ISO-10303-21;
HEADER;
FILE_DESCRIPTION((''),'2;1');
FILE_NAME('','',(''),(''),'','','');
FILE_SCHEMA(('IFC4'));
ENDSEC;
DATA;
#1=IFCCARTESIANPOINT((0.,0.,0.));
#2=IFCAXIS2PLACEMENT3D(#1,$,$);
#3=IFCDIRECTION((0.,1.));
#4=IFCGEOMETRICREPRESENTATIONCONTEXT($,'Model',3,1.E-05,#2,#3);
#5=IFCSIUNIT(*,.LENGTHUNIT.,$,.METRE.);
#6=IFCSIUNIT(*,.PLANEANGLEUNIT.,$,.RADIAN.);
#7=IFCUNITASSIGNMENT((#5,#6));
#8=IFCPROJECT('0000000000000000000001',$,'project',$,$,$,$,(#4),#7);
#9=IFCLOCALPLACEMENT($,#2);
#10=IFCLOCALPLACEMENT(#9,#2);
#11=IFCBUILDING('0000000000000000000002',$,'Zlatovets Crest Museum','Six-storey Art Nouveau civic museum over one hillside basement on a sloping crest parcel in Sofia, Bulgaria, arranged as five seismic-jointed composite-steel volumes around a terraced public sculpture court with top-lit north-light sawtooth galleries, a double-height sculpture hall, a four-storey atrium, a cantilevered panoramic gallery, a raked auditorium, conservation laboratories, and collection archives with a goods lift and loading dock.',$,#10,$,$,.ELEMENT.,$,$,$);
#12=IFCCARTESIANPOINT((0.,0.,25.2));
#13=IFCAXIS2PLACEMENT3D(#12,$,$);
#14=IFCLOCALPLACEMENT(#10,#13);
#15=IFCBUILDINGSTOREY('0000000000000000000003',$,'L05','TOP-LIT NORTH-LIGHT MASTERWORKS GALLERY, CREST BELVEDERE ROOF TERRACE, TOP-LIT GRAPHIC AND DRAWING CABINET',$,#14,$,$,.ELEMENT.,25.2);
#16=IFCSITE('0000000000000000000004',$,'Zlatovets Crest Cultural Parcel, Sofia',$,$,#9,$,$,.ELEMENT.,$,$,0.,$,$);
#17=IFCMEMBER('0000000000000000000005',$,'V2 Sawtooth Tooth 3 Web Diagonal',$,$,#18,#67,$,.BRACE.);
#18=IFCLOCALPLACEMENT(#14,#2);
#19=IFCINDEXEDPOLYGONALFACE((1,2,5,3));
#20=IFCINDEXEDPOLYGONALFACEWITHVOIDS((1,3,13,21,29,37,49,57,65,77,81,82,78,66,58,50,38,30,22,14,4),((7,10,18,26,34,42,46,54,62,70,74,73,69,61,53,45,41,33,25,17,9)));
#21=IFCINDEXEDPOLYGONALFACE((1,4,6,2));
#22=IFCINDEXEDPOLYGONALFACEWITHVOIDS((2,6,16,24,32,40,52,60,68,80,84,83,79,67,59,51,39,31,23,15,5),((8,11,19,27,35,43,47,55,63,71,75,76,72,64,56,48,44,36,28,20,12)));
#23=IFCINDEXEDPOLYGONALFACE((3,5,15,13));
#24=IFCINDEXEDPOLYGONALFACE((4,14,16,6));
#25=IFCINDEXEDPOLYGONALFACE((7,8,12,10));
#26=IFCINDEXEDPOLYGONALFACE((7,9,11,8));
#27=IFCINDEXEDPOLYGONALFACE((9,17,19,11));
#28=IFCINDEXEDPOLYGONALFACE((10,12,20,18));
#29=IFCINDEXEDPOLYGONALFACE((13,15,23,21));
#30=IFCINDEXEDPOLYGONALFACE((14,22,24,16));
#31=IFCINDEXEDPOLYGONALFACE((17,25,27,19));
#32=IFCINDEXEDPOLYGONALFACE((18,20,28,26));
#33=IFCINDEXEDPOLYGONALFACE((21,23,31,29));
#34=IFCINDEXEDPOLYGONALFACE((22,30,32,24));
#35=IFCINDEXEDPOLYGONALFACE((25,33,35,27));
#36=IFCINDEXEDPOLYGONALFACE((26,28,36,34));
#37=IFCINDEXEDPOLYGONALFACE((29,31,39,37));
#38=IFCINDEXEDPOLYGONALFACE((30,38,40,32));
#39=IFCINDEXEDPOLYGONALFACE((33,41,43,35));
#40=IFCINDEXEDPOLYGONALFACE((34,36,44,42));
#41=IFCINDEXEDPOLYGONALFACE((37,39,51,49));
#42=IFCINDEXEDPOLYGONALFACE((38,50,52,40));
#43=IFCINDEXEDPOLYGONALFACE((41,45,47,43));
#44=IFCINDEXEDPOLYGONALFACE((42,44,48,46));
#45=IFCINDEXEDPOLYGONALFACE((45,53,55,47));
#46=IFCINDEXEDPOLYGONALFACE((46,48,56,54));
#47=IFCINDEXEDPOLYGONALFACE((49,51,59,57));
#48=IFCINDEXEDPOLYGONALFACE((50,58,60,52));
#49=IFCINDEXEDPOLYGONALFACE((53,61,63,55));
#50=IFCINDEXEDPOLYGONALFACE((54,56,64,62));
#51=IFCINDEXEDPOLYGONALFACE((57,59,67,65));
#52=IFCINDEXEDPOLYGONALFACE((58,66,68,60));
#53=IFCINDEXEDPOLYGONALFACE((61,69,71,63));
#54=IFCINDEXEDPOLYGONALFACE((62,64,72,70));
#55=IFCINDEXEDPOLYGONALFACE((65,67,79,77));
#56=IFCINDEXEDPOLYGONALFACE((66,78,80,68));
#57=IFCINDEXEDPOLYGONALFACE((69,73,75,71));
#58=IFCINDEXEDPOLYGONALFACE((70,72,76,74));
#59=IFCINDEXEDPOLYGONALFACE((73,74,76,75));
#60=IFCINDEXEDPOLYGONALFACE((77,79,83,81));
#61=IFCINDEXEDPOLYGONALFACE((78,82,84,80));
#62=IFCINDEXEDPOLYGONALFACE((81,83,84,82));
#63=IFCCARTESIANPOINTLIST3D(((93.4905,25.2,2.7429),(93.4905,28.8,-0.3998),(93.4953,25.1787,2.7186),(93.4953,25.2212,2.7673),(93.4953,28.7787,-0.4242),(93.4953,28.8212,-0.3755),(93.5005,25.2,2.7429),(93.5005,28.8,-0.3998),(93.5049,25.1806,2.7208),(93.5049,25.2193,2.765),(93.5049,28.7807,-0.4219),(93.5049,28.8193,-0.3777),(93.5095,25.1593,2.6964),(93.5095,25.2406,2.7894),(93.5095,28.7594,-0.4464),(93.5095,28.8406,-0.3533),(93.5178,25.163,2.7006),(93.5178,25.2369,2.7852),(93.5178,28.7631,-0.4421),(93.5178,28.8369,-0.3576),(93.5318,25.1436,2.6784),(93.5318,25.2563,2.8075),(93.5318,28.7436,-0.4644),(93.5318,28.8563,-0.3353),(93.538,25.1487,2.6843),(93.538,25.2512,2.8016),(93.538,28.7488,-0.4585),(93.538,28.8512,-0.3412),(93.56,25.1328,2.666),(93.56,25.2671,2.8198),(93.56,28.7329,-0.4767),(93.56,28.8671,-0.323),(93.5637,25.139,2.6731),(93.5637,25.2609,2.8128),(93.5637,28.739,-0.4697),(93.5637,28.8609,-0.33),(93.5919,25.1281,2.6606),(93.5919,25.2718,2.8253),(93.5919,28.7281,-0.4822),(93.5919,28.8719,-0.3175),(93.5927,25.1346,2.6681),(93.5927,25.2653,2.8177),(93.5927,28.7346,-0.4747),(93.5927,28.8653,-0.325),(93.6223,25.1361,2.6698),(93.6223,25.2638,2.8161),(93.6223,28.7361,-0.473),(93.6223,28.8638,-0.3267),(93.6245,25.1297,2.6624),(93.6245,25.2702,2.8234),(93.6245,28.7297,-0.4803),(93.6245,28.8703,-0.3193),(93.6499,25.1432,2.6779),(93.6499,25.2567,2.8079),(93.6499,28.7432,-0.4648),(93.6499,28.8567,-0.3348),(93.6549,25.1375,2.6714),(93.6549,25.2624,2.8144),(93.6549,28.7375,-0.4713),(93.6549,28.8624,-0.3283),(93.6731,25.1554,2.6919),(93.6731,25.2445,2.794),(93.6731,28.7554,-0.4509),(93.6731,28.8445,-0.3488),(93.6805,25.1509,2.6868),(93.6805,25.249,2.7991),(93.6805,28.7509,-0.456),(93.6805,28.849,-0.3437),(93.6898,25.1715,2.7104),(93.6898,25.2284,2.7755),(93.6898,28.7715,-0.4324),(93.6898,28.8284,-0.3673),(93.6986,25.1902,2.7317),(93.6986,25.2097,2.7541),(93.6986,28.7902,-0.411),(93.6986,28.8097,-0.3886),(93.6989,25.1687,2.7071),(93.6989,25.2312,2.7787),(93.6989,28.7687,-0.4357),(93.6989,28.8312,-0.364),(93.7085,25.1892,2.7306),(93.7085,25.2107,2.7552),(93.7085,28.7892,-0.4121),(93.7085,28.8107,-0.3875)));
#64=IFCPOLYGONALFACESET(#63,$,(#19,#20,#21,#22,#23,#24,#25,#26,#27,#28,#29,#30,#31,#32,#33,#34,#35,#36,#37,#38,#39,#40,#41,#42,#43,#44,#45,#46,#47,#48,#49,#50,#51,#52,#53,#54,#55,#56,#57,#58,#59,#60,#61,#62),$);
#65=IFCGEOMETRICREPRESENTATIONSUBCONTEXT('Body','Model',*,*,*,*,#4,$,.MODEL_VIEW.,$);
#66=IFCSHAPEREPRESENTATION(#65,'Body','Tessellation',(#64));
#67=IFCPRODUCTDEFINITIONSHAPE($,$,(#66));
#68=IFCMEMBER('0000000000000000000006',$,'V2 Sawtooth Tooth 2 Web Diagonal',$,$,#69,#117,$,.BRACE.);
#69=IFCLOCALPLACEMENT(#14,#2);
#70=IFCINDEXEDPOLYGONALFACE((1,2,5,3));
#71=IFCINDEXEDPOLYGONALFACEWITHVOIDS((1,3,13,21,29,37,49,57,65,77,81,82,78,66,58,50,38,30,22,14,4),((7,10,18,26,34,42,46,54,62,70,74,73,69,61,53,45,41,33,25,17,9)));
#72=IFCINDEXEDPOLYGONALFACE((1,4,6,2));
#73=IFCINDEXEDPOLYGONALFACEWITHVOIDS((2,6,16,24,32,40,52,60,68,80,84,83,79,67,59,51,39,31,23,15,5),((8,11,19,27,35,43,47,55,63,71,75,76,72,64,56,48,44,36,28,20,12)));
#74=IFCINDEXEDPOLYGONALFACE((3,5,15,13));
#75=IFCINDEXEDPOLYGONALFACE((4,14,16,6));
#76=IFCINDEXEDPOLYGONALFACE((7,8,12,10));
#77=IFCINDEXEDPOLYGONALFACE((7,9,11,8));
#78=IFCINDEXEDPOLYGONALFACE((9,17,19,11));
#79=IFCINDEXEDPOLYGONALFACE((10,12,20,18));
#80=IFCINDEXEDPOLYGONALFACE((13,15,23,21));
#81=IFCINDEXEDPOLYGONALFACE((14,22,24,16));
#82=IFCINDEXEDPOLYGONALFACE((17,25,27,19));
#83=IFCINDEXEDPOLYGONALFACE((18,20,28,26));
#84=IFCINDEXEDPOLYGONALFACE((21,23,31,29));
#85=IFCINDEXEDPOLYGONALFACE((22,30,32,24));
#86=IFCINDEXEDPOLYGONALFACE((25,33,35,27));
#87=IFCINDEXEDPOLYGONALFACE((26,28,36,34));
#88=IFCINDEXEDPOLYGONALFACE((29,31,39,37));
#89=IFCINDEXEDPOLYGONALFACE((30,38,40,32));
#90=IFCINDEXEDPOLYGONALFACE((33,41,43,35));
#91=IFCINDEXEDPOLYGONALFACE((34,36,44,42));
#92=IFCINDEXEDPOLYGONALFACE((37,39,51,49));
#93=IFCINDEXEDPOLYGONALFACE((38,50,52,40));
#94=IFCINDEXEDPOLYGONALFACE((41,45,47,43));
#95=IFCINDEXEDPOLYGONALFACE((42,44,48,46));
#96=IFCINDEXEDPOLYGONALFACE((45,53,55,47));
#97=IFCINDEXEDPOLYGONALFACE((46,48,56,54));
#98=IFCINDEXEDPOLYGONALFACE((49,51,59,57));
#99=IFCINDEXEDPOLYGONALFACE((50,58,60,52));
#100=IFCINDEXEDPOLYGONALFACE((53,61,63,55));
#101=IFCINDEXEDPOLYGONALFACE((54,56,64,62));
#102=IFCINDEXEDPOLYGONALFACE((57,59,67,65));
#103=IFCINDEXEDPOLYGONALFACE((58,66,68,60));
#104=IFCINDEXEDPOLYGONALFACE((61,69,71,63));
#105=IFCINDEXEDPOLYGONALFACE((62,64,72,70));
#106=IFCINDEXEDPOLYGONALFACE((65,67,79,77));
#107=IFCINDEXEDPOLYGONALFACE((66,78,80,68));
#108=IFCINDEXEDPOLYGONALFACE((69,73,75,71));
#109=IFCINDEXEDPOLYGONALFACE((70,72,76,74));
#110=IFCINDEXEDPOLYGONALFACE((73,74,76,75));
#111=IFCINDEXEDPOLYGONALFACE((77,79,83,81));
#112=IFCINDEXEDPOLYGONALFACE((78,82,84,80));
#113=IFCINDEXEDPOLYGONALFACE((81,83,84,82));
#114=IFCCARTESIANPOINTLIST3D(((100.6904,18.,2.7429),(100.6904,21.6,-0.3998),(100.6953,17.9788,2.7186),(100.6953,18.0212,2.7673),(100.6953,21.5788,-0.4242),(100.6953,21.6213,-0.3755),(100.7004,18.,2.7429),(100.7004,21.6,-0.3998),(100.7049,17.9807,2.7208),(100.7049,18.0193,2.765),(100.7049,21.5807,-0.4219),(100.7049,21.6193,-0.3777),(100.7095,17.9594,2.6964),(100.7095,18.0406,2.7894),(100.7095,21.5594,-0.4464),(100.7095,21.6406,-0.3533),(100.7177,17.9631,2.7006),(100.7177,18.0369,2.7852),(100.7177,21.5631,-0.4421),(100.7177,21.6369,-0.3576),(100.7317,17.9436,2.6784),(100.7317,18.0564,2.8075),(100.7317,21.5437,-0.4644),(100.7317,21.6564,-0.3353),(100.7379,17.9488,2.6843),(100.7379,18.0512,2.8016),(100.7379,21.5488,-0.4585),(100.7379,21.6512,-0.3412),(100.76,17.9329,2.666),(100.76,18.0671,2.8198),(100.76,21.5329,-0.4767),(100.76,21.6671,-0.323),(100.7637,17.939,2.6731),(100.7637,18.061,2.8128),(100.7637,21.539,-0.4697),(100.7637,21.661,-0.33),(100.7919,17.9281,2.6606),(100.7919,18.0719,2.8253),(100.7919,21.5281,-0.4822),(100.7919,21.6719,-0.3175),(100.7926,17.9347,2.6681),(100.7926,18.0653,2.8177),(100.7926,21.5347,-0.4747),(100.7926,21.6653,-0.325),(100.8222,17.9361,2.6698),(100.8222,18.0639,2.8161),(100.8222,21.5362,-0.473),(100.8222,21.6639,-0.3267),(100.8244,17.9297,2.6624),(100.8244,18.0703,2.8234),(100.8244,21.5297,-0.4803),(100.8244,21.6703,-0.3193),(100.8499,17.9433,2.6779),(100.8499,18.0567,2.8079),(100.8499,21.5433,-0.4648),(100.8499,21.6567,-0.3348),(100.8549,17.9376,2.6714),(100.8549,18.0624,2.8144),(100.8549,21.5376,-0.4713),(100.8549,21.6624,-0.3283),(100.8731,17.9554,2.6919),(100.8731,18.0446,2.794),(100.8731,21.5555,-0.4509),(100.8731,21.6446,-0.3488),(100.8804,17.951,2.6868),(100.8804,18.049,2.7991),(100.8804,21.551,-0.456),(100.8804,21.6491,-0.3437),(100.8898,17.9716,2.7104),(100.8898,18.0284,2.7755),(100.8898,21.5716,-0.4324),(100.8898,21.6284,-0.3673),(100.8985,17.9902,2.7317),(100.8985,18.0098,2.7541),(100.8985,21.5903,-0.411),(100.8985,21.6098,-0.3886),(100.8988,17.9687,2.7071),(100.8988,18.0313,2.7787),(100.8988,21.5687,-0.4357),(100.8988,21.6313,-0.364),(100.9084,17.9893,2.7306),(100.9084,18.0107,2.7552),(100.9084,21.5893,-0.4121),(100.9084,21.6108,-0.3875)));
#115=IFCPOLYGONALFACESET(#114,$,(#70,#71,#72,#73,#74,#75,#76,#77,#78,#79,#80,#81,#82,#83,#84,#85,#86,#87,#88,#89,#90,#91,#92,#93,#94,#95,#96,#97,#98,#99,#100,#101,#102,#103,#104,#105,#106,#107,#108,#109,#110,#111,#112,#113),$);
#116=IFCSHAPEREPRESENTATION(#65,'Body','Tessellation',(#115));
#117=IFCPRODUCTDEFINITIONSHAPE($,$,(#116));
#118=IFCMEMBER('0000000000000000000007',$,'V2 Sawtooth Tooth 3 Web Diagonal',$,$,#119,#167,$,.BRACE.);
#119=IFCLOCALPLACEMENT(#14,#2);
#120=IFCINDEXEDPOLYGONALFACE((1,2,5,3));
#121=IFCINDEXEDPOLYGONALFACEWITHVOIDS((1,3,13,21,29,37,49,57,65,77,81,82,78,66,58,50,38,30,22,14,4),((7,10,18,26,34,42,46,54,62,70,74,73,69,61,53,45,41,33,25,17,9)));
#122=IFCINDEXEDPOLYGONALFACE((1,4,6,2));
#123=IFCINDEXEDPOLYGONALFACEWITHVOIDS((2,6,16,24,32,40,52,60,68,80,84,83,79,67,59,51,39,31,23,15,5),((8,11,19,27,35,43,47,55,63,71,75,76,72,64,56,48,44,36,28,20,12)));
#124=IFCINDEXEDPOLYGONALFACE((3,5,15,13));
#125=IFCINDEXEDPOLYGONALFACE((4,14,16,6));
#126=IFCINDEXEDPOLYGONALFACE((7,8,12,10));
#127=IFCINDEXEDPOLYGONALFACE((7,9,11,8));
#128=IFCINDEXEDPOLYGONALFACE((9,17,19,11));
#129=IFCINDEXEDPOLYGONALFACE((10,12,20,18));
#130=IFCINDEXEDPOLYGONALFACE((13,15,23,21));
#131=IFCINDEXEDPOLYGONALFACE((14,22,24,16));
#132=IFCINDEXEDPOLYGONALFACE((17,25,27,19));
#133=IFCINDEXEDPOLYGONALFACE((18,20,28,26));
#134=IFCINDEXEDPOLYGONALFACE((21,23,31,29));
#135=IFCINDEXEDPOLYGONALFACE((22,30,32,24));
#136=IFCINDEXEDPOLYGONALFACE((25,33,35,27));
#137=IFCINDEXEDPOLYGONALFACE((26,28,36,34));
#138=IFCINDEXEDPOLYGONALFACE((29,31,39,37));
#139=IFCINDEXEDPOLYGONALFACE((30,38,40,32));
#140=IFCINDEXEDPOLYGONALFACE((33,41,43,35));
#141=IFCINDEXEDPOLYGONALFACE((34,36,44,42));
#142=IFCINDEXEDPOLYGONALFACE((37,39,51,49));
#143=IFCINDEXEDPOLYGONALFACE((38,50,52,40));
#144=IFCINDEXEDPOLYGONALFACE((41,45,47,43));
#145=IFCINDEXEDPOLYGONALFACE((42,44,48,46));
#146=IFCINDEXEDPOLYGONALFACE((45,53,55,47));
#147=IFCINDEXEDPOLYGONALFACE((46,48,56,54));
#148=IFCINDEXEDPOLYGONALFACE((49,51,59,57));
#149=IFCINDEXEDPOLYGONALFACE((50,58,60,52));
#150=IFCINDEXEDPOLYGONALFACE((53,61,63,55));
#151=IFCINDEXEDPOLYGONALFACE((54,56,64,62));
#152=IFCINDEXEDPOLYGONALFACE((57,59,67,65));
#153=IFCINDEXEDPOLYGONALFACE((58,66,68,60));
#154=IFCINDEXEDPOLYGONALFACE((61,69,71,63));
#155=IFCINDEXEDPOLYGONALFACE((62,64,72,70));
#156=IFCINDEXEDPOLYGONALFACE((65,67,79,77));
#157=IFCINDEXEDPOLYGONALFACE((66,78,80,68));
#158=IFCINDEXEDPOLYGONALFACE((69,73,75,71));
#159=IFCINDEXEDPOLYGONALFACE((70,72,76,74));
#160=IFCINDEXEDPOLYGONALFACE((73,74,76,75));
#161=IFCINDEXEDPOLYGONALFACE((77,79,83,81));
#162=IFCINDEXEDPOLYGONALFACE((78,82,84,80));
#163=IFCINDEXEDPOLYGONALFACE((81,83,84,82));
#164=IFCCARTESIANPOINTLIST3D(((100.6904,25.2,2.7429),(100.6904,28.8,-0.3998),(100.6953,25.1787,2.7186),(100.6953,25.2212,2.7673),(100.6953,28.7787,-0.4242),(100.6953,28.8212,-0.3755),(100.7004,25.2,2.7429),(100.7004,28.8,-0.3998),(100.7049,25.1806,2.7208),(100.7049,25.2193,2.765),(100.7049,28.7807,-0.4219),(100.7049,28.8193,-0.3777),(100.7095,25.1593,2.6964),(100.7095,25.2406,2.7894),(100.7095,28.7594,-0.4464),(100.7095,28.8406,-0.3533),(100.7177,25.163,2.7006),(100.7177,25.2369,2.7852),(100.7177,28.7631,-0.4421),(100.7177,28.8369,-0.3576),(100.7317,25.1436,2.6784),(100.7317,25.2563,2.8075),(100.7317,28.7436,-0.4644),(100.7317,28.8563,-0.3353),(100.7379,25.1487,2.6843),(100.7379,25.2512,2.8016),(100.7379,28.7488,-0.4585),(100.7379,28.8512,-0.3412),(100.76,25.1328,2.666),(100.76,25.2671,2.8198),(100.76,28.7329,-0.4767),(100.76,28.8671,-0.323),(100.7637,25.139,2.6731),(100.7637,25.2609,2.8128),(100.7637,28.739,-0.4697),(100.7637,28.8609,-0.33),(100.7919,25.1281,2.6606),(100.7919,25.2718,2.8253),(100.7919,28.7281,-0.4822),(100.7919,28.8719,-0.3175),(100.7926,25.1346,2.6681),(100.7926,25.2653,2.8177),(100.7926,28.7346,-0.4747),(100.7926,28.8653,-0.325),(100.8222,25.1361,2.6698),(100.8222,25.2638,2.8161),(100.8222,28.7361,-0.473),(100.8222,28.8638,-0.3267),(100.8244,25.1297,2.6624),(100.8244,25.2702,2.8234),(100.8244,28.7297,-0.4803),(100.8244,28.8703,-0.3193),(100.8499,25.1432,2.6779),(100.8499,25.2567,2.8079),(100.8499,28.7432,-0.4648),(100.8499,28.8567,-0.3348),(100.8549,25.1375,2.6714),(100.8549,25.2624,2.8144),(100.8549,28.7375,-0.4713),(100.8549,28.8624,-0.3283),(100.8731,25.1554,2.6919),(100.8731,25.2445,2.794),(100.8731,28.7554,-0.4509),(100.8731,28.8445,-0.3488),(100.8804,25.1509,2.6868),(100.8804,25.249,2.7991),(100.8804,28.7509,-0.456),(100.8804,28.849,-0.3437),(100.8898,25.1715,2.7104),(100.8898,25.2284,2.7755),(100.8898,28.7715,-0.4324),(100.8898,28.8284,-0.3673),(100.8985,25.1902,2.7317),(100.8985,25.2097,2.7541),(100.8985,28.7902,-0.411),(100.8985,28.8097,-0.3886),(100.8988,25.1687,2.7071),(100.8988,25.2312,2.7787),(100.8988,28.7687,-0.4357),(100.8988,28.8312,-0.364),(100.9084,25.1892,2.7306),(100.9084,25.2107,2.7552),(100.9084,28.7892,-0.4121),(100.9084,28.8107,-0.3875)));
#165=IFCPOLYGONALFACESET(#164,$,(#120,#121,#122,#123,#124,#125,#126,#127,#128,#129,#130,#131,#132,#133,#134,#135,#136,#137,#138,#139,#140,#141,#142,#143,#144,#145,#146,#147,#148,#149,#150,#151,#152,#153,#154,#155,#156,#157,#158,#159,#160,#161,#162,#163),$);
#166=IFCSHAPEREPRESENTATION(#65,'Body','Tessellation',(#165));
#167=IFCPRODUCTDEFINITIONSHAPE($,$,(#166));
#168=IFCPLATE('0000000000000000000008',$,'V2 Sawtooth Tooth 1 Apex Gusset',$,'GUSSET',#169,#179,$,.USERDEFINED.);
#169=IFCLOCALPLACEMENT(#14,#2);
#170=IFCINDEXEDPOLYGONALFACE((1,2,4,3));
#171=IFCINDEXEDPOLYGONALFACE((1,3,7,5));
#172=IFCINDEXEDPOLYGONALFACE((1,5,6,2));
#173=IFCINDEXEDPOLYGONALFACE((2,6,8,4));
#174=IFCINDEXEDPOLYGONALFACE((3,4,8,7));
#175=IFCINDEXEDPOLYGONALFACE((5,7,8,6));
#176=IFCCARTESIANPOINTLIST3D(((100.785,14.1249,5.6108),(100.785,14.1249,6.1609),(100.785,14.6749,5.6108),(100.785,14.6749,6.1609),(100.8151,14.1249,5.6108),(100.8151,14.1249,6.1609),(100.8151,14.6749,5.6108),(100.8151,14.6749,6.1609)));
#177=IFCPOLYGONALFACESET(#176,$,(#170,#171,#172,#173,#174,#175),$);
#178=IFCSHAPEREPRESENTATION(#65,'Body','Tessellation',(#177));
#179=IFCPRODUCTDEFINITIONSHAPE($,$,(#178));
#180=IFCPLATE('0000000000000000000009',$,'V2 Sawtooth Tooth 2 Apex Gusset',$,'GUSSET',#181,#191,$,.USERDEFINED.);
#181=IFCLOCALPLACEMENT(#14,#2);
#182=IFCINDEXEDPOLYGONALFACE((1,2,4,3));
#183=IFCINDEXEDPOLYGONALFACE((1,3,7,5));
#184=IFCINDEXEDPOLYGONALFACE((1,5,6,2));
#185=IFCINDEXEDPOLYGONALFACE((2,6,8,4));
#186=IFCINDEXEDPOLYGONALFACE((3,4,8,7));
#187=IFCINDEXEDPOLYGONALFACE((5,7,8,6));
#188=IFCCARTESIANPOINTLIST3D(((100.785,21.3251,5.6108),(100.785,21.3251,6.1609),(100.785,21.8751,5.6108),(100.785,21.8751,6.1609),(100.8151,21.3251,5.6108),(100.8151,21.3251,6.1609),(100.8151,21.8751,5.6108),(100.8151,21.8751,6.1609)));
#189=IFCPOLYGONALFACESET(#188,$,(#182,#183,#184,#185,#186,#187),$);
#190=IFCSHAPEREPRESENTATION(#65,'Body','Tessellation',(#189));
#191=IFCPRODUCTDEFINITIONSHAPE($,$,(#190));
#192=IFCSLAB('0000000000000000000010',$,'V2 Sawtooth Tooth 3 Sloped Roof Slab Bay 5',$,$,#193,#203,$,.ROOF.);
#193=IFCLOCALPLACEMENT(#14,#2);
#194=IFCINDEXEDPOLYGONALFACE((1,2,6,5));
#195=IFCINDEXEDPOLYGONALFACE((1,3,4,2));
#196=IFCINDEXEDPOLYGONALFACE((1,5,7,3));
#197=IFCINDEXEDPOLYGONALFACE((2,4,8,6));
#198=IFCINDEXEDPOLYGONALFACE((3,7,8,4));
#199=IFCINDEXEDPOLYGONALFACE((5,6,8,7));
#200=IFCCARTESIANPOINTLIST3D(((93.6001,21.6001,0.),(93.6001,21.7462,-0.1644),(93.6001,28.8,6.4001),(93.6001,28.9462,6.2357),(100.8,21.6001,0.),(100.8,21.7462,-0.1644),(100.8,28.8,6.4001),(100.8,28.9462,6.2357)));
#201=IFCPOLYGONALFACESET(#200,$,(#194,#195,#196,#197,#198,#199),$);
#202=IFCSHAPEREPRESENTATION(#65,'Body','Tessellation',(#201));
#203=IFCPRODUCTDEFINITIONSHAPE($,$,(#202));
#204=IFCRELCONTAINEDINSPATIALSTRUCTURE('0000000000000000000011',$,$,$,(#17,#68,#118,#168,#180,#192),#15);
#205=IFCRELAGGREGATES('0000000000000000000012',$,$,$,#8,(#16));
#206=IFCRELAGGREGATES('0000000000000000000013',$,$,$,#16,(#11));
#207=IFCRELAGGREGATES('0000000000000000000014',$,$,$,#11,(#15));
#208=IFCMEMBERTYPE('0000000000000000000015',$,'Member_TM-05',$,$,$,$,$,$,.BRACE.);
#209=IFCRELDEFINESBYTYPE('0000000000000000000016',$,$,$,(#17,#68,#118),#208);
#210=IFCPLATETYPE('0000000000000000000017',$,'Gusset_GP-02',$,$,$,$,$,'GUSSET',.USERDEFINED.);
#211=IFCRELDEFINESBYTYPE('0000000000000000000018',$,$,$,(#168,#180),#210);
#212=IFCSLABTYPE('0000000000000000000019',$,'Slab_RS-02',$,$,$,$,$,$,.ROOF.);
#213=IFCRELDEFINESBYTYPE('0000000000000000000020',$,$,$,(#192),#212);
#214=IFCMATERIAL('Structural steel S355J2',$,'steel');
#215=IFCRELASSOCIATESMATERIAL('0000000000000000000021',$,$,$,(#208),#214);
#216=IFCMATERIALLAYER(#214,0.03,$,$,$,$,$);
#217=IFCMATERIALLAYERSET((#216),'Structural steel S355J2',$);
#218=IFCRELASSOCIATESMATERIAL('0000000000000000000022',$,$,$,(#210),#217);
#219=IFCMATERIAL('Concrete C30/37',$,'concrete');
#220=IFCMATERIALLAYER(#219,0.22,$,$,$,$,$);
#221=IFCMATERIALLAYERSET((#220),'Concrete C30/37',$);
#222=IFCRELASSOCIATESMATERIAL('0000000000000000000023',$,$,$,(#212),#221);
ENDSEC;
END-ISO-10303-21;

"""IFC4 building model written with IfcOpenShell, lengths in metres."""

from ifc_helpers import new_model, si_unit, direction, frame, origin, origin_2d, place, context, subcontext, project, spatial, polyline, rectangle, hollow_circle, outline, extrude, material, layer, layer_set, material_profile, profile_set, type_object, element, save


model = new_model("IFC4")

# Units and contexts
model_context = context("Model", 3, precision=1e-05, world=origin(), true_north=direction((0.0, 1.0)))
body_context = subcontext(model_context, "Body", "Model", "MODEL_VIEW")
ifc_project = project(units=[si_unit("LENGTHUNIT", "METRE"), si_unit("PLANEANGLEUNIT", "RADIAN")], contexts=[model_context])

# Site, building, storey
site_placement = place(None, origin())
site = spatial("IfcSite", under=ifc_project, at=site_placement, Name="Zlatovets Crest Cultural Parcel, Sofia", CompositionType="ELEMENT", RefElevation=0.0)
building_placement = place(site_placement, origin())
building = spatial("IfcBuilding", under=site, at=building_placement, Name="Zlatovets Crest Museum", Description="Six-storey Art Nouveau civic museum over one hillside basement on a sloping crest parcel in Sofia, Bulgaria, arranged as five seismic-jointed composite-steel volumes around a terraced public sculpture court with top-lit north-light sawtooth galleries, a double-height sculpture hall, a four-storey atrium, a cantilevered panoramic gallery, a raked auditorium, conservation laboratories, and collection archives with a goods lift and loading dock.", CompositionType="ELEMENT")
storey_placement = place(building_placement, frame((0.0, 0.0, 25.2)))
storey = spatial("IfcBuildingStorey", under=building, at=storey_placement, Name="L05", Description="TOP-LIT NORTH-LIGHT MASTERWORKS GALLERY, CREST BELVEDERE ROOF TERRACE, TOP-LIT GRAPHIC AND DRAWING CABINET", CompositionType="ELEMENT", Elevation=25.2)

# Shared definitions
ifc_material_1 = material(Name="Structural steel S355J2", Category="steel")

# Members
ifc_material_profile_1 = material_profile(ifc_material_1, hollow_circle(Radius=0.1096, WallThickness=0.01, at=origin_2d()), Name="CHS 219.1x10.0")
ifc_profile_set_1 = profile_set([ifc_material_profile_1], Name="Structural steel S355J2")
member_type_1 = type_object("IfcMemberType", Name="Member_TM-05", PredefinedType="BRACE", material=ifc_profile_set_1)
for number, where, z_axis, x_axis, name in (
    (1, (93.6001, 25.2, 2.7429), (0.0, 0.753329, -0.657643), (-1.0, 0.0, 0.0), "V2 Sawtooth Tooth 3 Web Diagonal"),
    (2, (100.8, 18.0, 2.7429), (0.0, 0.753329, -0.657643), (-1.0, 0.0, 0.0), "V2 Sawtooth Tooth 2 Web Diagonal"),
    (3, (100.8, 25.2, 2.7429), (0.0, 0.753329, -0.657643), (-1.0, 0.0, 0.0), "V2 Sawtooth Tooth 3 Web Diagonal"),
):
    element("IfcMember", number, at=place(storey_placement, frame(where, z_axis=z_axis, x_axis=x_axis)), inside=storey, type_object=member_type_1, Name=name, PredefinedType="BRACE", context=body_context, shape_type="SweptSolid", body=[
        extrude(hollow_circle(Radius=0.1096, WallThickness=0.01, at=origin_2d()), origin(), (0.0, 0.0, 1.0), 4.7788),
    ])

# Plates
ifc_layer_1 = layer(ifc_material_1, 0.03)
ifc_layer_set_1 = layer_set([ifc_layer_1], Name="Structural steel S355J2")
plate_type = type_object("IfcPlateType", Name="Gusset_GP-02", ElementType="GUSSET", PredefinedType="USERDEFINED", material=ifc_layer_set_1)
for number, where, z_axis, x_axis, name in (
    (4, (100.8, 14.3999, 5.6108), (0.0, 0.0, 1.0), (1.0, 0.0, 0.0), "V2 Sawtooth Tooth 1 Apex Gusset"),
    (5, (100.8, 21.6001, 5.6108), (0.0, 0.0, 1.0), (1.0, 0.0, 0.0), "V2 Sawtooth Tooth 2 Apex Gusset"),
):
    element("IfcPlate", number, at=place(storey_placement, frame(where, z_axis=z_axis, x_axis=x_axis)), inside=storey, type_object=plate_type, Name=name, ObjectType="GUSSET", PredefinedType="USERDEFINED", context=body_context, shape_type="SweptSolid", body=[
        extrude(rectangle(XDim=0.03, YDim=0.55, at=origin_2d()), origin(), (0.0, 0.0, 1.0), 0.55),
    ])

# Slab
ifc_material_2 = material(Name="Concrete C30/37", Category="concrete")
ifc_layer_2 = layer(ifc_material_2, 0.22)
ifc_layer_set_2 = layer_set([ifc_layer_2], Name="Concrete C30/37")
slab_type = type_object("IfcSlabType", Name="Slab_RS-02", PredefinedType="ROOF", material=ifc_layer_set_2)
slab_placement = place(storey_placement, frame((93.6001, 21.6001, 0.0), z_axis=(0.0, -0.664375, 0.7474), x_axis=(1.0, 0.0, 0.0)))
element("IfcSlab", 6, at=slab_placement, inside=storey, type_object=slab_type, Name="V2 Sawtooth Tooth 3 Sloped Roof Slab Bay 5", PredefinedType="ROOF", context=body_context, shape_type="SweptSolid", body=[
    extrude(outline(polyline([(0.0, 0.0), (7.2, 0.0), (7.2, 9.6333), (0.0, 9.6333), (0.0, 0.0)])), origin(), (0.0, 0.0, -1.0), 0.22),
])

save(model, "model.ifc")
